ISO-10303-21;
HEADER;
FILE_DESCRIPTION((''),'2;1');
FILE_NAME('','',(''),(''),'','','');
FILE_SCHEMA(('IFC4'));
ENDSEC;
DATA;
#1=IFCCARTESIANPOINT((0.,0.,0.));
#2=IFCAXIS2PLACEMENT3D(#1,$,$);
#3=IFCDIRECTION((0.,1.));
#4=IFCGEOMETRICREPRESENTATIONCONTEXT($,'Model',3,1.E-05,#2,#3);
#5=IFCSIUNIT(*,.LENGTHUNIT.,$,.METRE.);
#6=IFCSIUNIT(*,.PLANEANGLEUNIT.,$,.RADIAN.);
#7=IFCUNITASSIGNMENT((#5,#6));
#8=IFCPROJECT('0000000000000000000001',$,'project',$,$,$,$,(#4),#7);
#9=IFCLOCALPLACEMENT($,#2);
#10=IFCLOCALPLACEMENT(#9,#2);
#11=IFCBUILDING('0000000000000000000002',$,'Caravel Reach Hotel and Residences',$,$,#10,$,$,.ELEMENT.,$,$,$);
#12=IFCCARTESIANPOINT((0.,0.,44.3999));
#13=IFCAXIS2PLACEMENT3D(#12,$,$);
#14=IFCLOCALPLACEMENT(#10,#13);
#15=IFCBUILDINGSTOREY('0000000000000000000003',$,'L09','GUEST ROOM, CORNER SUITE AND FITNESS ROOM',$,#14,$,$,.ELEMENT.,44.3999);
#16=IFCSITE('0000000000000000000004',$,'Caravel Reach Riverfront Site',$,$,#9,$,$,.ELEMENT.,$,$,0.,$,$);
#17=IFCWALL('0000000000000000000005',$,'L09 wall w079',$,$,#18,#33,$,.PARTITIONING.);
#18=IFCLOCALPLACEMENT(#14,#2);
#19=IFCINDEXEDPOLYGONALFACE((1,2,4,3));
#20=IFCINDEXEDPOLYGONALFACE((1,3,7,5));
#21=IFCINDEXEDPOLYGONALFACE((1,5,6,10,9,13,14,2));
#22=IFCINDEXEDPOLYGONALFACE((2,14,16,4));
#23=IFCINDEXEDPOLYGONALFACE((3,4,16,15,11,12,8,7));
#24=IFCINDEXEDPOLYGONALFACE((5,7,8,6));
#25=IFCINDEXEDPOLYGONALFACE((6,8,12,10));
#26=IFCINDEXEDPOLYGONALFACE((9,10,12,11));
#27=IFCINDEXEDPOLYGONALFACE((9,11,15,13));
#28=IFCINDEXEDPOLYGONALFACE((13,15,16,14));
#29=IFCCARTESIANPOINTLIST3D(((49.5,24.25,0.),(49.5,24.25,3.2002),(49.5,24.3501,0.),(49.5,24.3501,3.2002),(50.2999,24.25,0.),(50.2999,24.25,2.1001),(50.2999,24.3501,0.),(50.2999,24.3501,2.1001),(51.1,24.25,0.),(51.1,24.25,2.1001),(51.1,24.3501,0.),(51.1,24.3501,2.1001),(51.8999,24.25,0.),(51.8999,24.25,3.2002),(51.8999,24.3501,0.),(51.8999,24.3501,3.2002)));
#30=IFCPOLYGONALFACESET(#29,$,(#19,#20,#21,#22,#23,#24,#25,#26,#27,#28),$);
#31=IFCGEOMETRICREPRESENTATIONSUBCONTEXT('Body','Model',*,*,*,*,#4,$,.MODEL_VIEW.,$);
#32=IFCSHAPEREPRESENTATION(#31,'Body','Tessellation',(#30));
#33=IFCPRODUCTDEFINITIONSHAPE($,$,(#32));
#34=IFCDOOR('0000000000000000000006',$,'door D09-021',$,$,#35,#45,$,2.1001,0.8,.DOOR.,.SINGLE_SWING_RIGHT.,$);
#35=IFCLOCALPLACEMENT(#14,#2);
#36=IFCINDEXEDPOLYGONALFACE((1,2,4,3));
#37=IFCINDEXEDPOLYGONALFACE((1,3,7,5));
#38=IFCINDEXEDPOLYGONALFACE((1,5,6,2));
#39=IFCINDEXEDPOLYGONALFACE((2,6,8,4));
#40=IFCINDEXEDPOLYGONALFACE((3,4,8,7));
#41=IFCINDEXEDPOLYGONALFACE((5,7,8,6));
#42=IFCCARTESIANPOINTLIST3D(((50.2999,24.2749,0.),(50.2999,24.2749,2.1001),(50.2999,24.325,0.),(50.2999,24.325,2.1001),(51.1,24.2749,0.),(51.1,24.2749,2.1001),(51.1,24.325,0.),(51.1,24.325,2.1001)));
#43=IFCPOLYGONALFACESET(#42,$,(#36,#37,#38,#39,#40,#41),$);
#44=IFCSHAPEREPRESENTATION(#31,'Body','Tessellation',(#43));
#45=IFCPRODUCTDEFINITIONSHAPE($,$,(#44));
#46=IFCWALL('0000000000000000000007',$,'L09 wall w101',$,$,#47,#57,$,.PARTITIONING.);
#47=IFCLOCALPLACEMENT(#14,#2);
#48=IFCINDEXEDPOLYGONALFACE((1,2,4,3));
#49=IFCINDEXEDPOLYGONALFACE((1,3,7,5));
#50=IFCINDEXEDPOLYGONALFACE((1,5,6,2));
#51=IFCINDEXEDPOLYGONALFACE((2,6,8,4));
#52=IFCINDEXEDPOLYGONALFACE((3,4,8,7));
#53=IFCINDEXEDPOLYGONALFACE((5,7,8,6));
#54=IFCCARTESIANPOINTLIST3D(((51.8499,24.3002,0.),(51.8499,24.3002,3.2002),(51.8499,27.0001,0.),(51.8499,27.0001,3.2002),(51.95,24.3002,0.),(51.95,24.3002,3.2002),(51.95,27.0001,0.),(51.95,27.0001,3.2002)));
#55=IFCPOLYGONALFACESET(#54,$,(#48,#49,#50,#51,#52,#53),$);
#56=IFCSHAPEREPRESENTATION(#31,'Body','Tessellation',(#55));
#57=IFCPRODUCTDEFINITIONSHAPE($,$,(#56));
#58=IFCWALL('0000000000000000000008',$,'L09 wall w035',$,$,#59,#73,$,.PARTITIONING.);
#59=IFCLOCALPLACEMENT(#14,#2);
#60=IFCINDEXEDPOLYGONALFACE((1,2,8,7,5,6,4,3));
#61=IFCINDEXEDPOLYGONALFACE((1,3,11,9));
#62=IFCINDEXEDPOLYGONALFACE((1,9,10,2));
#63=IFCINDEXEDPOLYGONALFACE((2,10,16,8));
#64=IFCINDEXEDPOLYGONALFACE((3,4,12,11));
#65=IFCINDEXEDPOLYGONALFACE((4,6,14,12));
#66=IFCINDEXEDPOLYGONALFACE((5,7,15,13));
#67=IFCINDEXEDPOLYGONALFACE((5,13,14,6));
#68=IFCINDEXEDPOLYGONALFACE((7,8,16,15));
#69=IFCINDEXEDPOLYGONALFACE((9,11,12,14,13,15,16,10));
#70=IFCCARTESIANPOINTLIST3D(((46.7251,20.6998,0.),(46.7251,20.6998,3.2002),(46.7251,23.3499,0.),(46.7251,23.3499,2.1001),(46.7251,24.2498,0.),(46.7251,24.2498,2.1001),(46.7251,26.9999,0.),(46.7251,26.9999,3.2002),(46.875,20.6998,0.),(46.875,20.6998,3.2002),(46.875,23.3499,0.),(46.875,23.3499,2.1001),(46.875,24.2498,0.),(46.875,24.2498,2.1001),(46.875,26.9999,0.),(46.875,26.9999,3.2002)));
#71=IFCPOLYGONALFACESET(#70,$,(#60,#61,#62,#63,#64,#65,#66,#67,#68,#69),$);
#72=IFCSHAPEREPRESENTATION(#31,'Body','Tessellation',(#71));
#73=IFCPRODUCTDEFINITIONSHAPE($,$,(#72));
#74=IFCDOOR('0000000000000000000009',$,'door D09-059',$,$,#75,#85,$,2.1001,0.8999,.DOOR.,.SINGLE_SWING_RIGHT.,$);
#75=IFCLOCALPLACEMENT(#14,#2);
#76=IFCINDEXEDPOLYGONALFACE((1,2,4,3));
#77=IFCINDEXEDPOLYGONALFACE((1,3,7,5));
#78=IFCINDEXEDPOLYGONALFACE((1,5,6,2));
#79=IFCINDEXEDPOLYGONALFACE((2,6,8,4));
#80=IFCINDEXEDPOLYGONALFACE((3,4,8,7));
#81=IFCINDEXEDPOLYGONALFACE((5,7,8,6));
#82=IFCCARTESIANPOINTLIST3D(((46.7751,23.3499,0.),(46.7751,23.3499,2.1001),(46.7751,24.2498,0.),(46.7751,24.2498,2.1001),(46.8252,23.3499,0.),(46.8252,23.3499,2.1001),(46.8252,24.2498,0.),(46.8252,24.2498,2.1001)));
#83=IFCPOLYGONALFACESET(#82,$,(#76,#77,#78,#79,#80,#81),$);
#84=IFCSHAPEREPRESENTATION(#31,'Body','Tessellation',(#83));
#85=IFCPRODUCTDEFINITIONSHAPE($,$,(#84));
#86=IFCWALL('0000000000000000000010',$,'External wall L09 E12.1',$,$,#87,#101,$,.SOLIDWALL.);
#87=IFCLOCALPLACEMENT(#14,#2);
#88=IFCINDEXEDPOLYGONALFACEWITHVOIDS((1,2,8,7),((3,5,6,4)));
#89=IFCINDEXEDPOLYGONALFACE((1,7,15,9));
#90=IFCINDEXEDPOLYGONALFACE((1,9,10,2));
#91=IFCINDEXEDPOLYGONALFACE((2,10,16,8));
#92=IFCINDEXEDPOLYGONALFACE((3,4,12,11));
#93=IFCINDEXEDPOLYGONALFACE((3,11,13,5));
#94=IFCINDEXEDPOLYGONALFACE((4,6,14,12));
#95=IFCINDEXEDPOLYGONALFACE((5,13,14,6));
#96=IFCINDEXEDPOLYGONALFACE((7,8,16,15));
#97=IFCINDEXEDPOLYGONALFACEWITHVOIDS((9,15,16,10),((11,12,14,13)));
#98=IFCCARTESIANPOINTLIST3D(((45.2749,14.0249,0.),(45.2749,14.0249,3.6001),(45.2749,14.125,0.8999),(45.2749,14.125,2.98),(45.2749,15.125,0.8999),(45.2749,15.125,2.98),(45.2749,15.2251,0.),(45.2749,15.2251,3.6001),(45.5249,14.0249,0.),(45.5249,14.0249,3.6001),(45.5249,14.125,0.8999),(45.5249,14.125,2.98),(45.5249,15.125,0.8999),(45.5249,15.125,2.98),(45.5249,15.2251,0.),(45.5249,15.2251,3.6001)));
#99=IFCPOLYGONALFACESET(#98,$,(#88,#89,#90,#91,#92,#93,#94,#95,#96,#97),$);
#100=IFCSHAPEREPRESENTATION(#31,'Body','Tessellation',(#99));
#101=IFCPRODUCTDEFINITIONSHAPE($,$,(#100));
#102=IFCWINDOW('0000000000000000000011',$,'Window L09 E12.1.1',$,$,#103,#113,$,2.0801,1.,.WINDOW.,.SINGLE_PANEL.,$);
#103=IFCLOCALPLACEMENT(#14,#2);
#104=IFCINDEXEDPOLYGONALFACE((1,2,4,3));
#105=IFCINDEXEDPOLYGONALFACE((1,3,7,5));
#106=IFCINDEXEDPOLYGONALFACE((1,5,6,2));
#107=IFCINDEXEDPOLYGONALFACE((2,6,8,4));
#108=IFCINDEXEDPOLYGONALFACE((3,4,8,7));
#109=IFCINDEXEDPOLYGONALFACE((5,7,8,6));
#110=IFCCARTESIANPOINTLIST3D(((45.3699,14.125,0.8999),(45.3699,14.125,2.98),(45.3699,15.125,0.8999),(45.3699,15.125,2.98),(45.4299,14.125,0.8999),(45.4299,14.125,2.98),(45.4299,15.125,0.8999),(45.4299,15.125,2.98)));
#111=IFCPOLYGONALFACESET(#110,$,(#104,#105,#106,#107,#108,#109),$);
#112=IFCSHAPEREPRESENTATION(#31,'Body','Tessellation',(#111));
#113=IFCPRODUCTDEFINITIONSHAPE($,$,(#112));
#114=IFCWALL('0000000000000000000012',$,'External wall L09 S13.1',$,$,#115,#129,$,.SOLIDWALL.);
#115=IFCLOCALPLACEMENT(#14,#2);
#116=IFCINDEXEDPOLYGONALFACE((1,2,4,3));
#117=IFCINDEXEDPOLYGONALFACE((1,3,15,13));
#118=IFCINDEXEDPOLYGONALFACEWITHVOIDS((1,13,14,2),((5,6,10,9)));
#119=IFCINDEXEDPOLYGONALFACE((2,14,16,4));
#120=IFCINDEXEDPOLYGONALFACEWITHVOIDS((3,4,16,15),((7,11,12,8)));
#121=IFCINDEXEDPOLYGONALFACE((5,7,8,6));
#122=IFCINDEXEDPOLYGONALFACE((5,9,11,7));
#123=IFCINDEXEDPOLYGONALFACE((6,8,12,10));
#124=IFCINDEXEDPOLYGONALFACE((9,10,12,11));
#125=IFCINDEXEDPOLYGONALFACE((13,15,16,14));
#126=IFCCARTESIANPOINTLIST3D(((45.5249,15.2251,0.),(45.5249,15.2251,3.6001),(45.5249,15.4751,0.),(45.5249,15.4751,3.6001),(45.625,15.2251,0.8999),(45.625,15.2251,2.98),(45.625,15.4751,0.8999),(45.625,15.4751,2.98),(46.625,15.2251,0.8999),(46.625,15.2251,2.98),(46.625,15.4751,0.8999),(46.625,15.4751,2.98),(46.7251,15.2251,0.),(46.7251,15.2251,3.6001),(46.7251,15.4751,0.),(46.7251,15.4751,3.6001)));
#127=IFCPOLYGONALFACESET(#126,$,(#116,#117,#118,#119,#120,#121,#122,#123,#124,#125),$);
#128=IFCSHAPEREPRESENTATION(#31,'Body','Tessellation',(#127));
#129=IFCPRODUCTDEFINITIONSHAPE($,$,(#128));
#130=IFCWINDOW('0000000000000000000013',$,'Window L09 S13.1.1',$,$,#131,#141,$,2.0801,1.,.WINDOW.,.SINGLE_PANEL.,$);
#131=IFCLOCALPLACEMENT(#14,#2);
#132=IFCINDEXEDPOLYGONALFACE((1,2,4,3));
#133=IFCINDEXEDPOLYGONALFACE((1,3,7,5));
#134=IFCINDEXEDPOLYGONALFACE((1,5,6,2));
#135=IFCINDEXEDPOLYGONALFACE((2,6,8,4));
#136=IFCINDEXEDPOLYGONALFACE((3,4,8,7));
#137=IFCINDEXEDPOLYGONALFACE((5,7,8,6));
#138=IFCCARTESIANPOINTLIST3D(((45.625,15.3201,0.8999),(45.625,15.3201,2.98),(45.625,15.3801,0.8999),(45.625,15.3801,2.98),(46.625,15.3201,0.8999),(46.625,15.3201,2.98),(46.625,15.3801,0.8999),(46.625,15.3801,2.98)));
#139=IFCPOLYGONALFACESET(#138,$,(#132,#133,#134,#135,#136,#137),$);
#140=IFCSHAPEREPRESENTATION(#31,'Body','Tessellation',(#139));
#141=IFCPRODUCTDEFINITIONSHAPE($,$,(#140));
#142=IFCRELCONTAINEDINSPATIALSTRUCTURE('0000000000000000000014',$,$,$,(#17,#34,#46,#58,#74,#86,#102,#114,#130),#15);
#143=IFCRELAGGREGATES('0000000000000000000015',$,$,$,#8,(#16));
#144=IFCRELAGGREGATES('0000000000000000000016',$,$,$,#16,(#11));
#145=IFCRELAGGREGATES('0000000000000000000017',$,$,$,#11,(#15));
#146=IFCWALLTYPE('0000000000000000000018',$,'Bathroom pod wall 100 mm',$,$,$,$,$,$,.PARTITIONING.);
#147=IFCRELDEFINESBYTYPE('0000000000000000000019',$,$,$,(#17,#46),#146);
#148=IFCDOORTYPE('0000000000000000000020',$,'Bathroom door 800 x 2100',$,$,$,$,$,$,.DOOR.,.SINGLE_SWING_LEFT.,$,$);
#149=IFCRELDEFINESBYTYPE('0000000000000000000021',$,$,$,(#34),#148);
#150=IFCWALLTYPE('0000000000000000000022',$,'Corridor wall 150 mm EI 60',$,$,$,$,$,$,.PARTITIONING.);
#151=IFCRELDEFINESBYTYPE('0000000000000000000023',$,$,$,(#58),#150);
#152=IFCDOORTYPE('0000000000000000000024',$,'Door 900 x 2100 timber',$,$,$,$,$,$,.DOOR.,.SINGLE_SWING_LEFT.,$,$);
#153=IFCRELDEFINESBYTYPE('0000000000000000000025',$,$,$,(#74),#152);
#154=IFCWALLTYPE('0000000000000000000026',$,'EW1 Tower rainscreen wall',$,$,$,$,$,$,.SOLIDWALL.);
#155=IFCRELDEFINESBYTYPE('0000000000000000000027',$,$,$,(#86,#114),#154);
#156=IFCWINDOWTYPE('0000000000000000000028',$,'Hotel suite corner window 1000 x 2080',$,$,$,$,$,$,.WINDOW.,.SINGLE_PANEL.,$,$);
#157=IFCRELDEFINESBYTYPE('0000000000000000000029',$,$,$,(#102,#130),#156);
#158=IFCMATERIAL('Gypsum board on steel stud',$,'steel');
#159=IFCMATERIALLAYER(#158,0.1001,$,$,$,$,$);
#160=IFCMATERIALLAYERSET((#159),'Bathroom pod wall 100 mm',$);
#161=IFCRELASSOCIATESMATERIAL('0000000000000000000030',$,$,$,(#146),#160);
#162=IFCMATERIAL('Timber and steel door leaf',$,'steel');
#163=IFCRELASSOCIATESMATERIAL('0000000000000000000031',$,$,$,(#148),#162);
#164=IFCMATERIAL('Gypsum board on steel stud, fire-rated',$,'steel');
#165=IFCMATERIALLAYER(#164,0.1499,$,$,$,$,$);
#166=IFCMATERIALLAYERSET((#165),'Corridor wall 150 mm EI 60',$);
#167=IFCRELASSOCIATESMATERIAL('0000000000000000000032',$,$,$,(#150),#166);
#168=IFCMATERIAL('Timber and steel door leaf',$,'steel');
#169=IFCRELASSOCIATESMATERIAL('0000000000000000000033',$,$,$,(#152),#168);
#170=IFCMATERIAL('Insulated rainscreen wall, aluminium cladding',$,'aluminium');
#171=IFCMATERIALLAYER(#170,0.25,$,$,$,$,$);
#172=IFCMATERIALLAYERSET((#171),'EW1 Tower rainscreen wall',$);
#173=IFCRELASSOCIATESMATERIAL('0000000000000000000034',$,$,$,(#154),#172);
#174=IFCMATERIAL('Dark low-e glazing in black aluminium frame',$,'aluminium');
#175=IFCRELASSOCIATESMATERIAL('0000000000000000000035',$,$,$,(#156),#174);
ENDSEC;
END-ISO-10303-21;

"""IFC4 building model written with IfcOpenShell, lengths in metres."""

from ifc_helpers import new_model, si_unit, direction, frame, frame_2d, origin, place, context, subcontext, project, spatial, rectangle, extrude, material, layer, layer_set, type_object, element, fill, save


model = new_model("IFC4")

# Units and contexts
model_context = context("Model", 3, precision=1e-05, world=origin(), true_north=direction((0.0, 1.0)))
body_context = subcontext(model_context, "Body", "Model", "MODEL_VIEW")
ifc_project = project(units=[si_unit("LENGTHUNIT", "METRE"), si_unit("PLANEANGLEUNIT", "RADIAN")], contexts=[model_context])

# Site, building, storey
site_placement = place(None, origin())
site = spatial("IfcSite", under=ifc_project, at=site_placement, Name="Caravel Reach Riverfront Site", CompositionType="ELEMENT", RefElevation=0.0)
building_placement = place(site_placement, origin())
building = spatial("IfcBuilding", under=site, at=building_placement, Name="Caravel Reach Hotel and Residences", CompositionType="ELEMENT")
storey_placement = place(building_placement, frame((0.0, 0.0, 44.3999)))
storey = spatial("IfcBuildingStorey", under=building, at=storey_placement, Name="L09", Description="GUEST ROOM, CORNER SUITE AND FITNESS ROOM", CompositionType="ELEMENT", Elevation=44.3999)

# Wall, opening, door
ifc_material_1 = material(Name="Gypsum board on steel stud", Category="steel")
ifc_layer_1 = layer(ifc_material_1, 0.1001)
ifc_layer_set_1 = layer_set([ifc_layer_1], Name="Bathroom pod wall 100 mm")
wall_type_1 = type_object("IfcWallType", Name="Bathroom pod wall 100 mm", PredefinedType="PARTITIONING", material=ifc_layer_set_1)
wall_1_placement = place(storey_placement, frame((49.5, 24.3, 0.0), z_axis=(0.0, 0.0, 1.0), x_axis=(1.0, 0.0, 0.0)))
wall_1 = element("IfcWall", 1, at=wall_1_placement, inside=storey, type_object=wall_type_1, Name="L09 wall w079", PredefinedType="PARTITIONING", context=body_context, shape_type="SweptSolid", body=[
    extrude(rectangle(XDim=2.3999, YDim=0.1001, at=frame_2d((1.2, 0.0))), origin(), (0.0, 0.0, 1.0), 3.2002),
])
opening_1_placement = place(wall_1_placement, frame((0.8, 0.0, 0.0)))
opening_1 = element("IfcOpeningElement", 2, at=opening_1_placement, cuts=wall_1, PredefinedType="OPENING", context=body_context, shape_type="SweptSolid", body=[
    extrude(rectangle(XDim=0.8, YDim=2.1001, at=frame_2d((0.3999, 1.05))), frame((0.0, 0.0601, 0.0), z_axis=(0.0, -1.0, 0.0), x_axis=(1.0, 0.0, 0.0)), (0.0, 0.0, 1.0), 0.1201),
])
ifc_material_2 = material(Name="Timber and steel door leaf", Category="steel")
door_type_1 = type_object("IfcDoorType", Name="Bathroom door 800 x 2100", OperationType="SINGLE_SWING_LEFT", PredefinedType="DOOR", material=ifc_material_2)
door_1_placement = place(opening_1_placement, origin())
door_1 = element("IfcDoor", 3, at=door_1_placement, inside=storey, type_object=door_type_1, Name="door D09-021", OperationType="SINGLE_SWING_RIGHT", OverallHeight=2.1001, OverallWidth=0.8, PredefinedType="DOOR", context=body_context, shape_type="SweptSolid", body=[
    extrude(rectangle(XDim=0.8, YDim=2.1001, at=frame_2d((0.3999, 1.05))), frame((0.0, 0.0249, 0.0), z_axis=(0.0, -1.0, 0.0), x_axis=(1.0, 0.0, 0.0)), (0.0, 0.0, 1.0), 0.05),
])
fill(opening_1, door_1)

# Wall
wall_2_placement = place(storey_placement, frame((51.8999, 24.3, 0.0), z_axis=(0.0, 0.0, 1.0), x_axis=(0.0, 1.0, 0.0)))
element("IfcWall", 4, at=wall_2_placement, inside=storey, type_object=wall_type_1, Name="L09 wall w101", PredefinedType="PARTITIONING", context=body_context, shape_type="SweptSolid", body=[
    extrude(rectangle(XDim=2.7, YDim=0.1001, at=frame_2d((1.3501, 0.0))), origin(), (0.0, 0.0, 1.0), 3.2002),
])

# Wall, opening, door
ifc_material_3 = material(Name="Gypsum board on steel stud, fire-rated", Category="steel")
ifc_layer_2 = layer(ifc_material_3, 0.1499)
ifc_layer_set_2 = layer_set([ifc_layer_2], Name="Corridor wall 150 mm EI 60")
wall_type_2 = type_object("IfcWallType", Name="Corridor wall 150 mm EI 60", PredefinedType="PARTITIONING", material=ifc_layer_set_2)
wall_3_placement = place(storey_placement, frame((46.8, 20.7, 0.0), z_axis=(0.0, 0.0, 1.0), x_axis=(0.0, 1.0, 0.0)))
wall_3 = element("IfcWall", 5, at=wall_3_placement, inside=storey, type_object=wall_type_2, Name="L09 wall w035", PredefinedType="PARTITIONING", context=body_context, shape_type="SweptSolid", body=[
    extrude(rectangle(XDim=6.3, YDim=0.1499, at=frame_2d((3.1499, 0.0))), origin(), (0.0, 0.0, 1.0), 3.2002),
])
opening_2_placement = place(wall_3_placement, frame((2.6499, 0.0, 0.0)))
opening_2 = element("IfcOpeningElement", 6, at=opening_2_placement, cuts=wall_3, PredefinedType="OPENING", context=body_context, shape_type="SweptSolid", body=[
    extrude(rectangle(XDim=0.8999, YDim=2.1001, at=frame_2d((0.45, 1.05))), frame((0.0, 0.085, 0.0), z_axis=(0.0, -1.0, 0.0), x_axis=(1.0, 0.0, 0.0)), (0.0, 0.0, 1.0), 0.1699),
])
ifc_material_4 = material(Name="Timber and steel door leaf", Category="steel")
door_type_2 = type_object("IfcDoorType", Name="Door 900 x 2100 timber", OperationType="SINGLE_SWING_LEFT", PredefinedType="DOOR", material=ifc_material_4)
door_2_placement = place(opening_2_placement, origin())
door_2 = element("IfcDoor", 7, at=door_2_placement, inside=storey, type_object=door_type_2, Name="door D09-059", OperationType="SINGLE_SWING_RIGHT", OverallHeight=2.1001, OverallWidth=0.8999, PredefinedType="DOOR", context=body_context, shape_type="SweptSolid", body=[
    extrude(rectangle(XDim=0.8999, YDim=2.1001, at=frame_2d((0.45, 1.05))), frame((0.0, 0.0249, 0.0), z_axis=(0.0, -1.0, 0.0), x_axis=(1.0, 0.0, 0.0)), (0.0, 0.0, 1.0), 0.05),
])
fill(opening_2, door_2)

# Walls, openings, windows
ifc_material_5 = material(Name="Insulated rainscreen wall, aluminium cladding", Category="aluminium")
ifc_layer_3 = layer(ifc_material_5, 0.25)
ifc_layer_set_3 = layer_set([ifc_layer_3], Name="EW1 Tower rainscreen wall")
wall_type_3 = type_object("IfcWallType", Name="EW1 Tower rainscreen wall", PredefinedType="SOLIDWALL", material=ifc_layer_set_3)
wall_4_placement = place(storey_placement, frame((45.3999, 14.0249, 0.0), z_axis=(0.0, 0.0, 1.0), x_axis=(0.0, 1.0, 0.0)))
wall_4 = element("IfcWall", 8, at=wall_4_placement, inside=storey, type_object=wall_type_3, Name="External wall L09 E12.1", PredefinedType="SOLIDWALL", context=body_context, shape_type="SweptSolid", body=[
    extrude(rectangle(XDim=1.2002, YDim=0.25, at=frame_2d((0.6001, 0.0))), origin(), (0.0, 0.0, 1.0), 3.6001),
])
opening_3_placement = place(wall_4_placement, frame((0.1001, 0.0, 0.8999)))
opening_3 = element("IfcOpeningElement", 9, at=opening_3_placement, cuts=wall_4, PredefinedType="OPENING", context=body_context, shape_type="SweptSolid", body=[
    extrude(rectangle(XDim=1.0, YDim=2.0801, at=frame_2d((0.5, 1.04))), frame((0.0, 0.135, 0.0), z_axis=(0.0, -1.0, 0.0), x_axis=(1.0, 0.0, 0.0)), (0.0, 0.0, 1.0), 0.27),
])
ifc_material_6 = material(Name="Dark low-e glazing in black aluminium frame", Category="aluminium")
window_type_1 = type_object("IfcWindowType", Name="Hotel suite corner window 1000 x 2080", PartitioningType="SINGLE_PANEL", PredefinedType="WINDOW", material=ifc_material_6)
window_1_placement = place(opening_3_placement, origin())
window_1 = element("IfcWindow", 10, at=window_1_placement, inside=storey, type_object=window_type_1, Name="Window L09 E12.1.1", OverallHeight=2.0801, OverallWidth=1.0, PartitioningType="SINGLE_PANEL", PredefinedType="WINDOW", context=body_context, shape_type="SweptSolid", body=[
    extrude(rectangle(XDim=1.0, YDim=2.0801, at=frame_2d((0.5, 1.04))), frame((0.0, 0.03, 0.0), z_axis=(0.0, -1.0, 0.0), x_axis=(1.0, 0.0, 0.0)), (0.0, 0.0, 1.0), 0.0601),
])
fill(opening_3, window_1)
wall_5_placement = place(storey_placement, frame((45.5249, 15.3501, 0.0), z_axis=(0.0, 0.0, 1.0), x_axis=(1.0, 0.0, 0.0)))
wall_5 = element("IfcWall", 11, at=wall_5_placement, inside=storey, type_object=wall_type_3, Name="External wall L09 S13.1", PredefinedType="SOLIDWALL", context=body_context, shape_type="SweptSolid", body=[
    extrude(rectangle(XDim=1.2002, YDim=0.25, at=frame_2d((0.6001, 0.0))), origin(), (0.0, 0.0, 1.0), 3.6001),
])
opening_4_placement = place(wall_5_placement, frame((0.1001, 0.0, 0.8999)))
opening_4 = element("IfcOpeningElement", 12, at=opening_4_placement, cuts=wall_5, PredefinedType="OPENING", context=body_context, shape_type="SweptSolid", body=[
    extrude(rectangle(XDim=1.0, YDim=2.0801, at=frame_2d((0.5, 1.04))), frame((0.0, 0.135, 0.0), z_axis=(0.0, -1.0, 0.0), x_axis=(1.0, 0.0, 0.0)), (0.0, 0.0, 1.0), 0.27),
])
window_2_placement = place(opening_4_placement, origin())
window_2 = element("IfcWindow", 13, at=window_2_placement, inside=storey, type_object=window_type_1, Name="Window L09 S13.1.1", OverallHeight=2.0801, OverallWidth=1.0, PartitioningType="SINGLE_PANEL", PredefinedType="WINDOW", context=body_context, shape_type="SweptSolid", body=[
    extrude(rectangle(XDim=1.0, YDim=2.0801, at=frame_2d((0.5, 1.04))), frame((0.0, 0.03, 0.0), z_axis=(0.0, -1.0, 0.0), x_axis=(1.0, 0.0, 0.0)), (0.0, 0.0, 1.0), 0.0601),
])
fill(opening_4, window_2)

save(model, "model.ifc")
